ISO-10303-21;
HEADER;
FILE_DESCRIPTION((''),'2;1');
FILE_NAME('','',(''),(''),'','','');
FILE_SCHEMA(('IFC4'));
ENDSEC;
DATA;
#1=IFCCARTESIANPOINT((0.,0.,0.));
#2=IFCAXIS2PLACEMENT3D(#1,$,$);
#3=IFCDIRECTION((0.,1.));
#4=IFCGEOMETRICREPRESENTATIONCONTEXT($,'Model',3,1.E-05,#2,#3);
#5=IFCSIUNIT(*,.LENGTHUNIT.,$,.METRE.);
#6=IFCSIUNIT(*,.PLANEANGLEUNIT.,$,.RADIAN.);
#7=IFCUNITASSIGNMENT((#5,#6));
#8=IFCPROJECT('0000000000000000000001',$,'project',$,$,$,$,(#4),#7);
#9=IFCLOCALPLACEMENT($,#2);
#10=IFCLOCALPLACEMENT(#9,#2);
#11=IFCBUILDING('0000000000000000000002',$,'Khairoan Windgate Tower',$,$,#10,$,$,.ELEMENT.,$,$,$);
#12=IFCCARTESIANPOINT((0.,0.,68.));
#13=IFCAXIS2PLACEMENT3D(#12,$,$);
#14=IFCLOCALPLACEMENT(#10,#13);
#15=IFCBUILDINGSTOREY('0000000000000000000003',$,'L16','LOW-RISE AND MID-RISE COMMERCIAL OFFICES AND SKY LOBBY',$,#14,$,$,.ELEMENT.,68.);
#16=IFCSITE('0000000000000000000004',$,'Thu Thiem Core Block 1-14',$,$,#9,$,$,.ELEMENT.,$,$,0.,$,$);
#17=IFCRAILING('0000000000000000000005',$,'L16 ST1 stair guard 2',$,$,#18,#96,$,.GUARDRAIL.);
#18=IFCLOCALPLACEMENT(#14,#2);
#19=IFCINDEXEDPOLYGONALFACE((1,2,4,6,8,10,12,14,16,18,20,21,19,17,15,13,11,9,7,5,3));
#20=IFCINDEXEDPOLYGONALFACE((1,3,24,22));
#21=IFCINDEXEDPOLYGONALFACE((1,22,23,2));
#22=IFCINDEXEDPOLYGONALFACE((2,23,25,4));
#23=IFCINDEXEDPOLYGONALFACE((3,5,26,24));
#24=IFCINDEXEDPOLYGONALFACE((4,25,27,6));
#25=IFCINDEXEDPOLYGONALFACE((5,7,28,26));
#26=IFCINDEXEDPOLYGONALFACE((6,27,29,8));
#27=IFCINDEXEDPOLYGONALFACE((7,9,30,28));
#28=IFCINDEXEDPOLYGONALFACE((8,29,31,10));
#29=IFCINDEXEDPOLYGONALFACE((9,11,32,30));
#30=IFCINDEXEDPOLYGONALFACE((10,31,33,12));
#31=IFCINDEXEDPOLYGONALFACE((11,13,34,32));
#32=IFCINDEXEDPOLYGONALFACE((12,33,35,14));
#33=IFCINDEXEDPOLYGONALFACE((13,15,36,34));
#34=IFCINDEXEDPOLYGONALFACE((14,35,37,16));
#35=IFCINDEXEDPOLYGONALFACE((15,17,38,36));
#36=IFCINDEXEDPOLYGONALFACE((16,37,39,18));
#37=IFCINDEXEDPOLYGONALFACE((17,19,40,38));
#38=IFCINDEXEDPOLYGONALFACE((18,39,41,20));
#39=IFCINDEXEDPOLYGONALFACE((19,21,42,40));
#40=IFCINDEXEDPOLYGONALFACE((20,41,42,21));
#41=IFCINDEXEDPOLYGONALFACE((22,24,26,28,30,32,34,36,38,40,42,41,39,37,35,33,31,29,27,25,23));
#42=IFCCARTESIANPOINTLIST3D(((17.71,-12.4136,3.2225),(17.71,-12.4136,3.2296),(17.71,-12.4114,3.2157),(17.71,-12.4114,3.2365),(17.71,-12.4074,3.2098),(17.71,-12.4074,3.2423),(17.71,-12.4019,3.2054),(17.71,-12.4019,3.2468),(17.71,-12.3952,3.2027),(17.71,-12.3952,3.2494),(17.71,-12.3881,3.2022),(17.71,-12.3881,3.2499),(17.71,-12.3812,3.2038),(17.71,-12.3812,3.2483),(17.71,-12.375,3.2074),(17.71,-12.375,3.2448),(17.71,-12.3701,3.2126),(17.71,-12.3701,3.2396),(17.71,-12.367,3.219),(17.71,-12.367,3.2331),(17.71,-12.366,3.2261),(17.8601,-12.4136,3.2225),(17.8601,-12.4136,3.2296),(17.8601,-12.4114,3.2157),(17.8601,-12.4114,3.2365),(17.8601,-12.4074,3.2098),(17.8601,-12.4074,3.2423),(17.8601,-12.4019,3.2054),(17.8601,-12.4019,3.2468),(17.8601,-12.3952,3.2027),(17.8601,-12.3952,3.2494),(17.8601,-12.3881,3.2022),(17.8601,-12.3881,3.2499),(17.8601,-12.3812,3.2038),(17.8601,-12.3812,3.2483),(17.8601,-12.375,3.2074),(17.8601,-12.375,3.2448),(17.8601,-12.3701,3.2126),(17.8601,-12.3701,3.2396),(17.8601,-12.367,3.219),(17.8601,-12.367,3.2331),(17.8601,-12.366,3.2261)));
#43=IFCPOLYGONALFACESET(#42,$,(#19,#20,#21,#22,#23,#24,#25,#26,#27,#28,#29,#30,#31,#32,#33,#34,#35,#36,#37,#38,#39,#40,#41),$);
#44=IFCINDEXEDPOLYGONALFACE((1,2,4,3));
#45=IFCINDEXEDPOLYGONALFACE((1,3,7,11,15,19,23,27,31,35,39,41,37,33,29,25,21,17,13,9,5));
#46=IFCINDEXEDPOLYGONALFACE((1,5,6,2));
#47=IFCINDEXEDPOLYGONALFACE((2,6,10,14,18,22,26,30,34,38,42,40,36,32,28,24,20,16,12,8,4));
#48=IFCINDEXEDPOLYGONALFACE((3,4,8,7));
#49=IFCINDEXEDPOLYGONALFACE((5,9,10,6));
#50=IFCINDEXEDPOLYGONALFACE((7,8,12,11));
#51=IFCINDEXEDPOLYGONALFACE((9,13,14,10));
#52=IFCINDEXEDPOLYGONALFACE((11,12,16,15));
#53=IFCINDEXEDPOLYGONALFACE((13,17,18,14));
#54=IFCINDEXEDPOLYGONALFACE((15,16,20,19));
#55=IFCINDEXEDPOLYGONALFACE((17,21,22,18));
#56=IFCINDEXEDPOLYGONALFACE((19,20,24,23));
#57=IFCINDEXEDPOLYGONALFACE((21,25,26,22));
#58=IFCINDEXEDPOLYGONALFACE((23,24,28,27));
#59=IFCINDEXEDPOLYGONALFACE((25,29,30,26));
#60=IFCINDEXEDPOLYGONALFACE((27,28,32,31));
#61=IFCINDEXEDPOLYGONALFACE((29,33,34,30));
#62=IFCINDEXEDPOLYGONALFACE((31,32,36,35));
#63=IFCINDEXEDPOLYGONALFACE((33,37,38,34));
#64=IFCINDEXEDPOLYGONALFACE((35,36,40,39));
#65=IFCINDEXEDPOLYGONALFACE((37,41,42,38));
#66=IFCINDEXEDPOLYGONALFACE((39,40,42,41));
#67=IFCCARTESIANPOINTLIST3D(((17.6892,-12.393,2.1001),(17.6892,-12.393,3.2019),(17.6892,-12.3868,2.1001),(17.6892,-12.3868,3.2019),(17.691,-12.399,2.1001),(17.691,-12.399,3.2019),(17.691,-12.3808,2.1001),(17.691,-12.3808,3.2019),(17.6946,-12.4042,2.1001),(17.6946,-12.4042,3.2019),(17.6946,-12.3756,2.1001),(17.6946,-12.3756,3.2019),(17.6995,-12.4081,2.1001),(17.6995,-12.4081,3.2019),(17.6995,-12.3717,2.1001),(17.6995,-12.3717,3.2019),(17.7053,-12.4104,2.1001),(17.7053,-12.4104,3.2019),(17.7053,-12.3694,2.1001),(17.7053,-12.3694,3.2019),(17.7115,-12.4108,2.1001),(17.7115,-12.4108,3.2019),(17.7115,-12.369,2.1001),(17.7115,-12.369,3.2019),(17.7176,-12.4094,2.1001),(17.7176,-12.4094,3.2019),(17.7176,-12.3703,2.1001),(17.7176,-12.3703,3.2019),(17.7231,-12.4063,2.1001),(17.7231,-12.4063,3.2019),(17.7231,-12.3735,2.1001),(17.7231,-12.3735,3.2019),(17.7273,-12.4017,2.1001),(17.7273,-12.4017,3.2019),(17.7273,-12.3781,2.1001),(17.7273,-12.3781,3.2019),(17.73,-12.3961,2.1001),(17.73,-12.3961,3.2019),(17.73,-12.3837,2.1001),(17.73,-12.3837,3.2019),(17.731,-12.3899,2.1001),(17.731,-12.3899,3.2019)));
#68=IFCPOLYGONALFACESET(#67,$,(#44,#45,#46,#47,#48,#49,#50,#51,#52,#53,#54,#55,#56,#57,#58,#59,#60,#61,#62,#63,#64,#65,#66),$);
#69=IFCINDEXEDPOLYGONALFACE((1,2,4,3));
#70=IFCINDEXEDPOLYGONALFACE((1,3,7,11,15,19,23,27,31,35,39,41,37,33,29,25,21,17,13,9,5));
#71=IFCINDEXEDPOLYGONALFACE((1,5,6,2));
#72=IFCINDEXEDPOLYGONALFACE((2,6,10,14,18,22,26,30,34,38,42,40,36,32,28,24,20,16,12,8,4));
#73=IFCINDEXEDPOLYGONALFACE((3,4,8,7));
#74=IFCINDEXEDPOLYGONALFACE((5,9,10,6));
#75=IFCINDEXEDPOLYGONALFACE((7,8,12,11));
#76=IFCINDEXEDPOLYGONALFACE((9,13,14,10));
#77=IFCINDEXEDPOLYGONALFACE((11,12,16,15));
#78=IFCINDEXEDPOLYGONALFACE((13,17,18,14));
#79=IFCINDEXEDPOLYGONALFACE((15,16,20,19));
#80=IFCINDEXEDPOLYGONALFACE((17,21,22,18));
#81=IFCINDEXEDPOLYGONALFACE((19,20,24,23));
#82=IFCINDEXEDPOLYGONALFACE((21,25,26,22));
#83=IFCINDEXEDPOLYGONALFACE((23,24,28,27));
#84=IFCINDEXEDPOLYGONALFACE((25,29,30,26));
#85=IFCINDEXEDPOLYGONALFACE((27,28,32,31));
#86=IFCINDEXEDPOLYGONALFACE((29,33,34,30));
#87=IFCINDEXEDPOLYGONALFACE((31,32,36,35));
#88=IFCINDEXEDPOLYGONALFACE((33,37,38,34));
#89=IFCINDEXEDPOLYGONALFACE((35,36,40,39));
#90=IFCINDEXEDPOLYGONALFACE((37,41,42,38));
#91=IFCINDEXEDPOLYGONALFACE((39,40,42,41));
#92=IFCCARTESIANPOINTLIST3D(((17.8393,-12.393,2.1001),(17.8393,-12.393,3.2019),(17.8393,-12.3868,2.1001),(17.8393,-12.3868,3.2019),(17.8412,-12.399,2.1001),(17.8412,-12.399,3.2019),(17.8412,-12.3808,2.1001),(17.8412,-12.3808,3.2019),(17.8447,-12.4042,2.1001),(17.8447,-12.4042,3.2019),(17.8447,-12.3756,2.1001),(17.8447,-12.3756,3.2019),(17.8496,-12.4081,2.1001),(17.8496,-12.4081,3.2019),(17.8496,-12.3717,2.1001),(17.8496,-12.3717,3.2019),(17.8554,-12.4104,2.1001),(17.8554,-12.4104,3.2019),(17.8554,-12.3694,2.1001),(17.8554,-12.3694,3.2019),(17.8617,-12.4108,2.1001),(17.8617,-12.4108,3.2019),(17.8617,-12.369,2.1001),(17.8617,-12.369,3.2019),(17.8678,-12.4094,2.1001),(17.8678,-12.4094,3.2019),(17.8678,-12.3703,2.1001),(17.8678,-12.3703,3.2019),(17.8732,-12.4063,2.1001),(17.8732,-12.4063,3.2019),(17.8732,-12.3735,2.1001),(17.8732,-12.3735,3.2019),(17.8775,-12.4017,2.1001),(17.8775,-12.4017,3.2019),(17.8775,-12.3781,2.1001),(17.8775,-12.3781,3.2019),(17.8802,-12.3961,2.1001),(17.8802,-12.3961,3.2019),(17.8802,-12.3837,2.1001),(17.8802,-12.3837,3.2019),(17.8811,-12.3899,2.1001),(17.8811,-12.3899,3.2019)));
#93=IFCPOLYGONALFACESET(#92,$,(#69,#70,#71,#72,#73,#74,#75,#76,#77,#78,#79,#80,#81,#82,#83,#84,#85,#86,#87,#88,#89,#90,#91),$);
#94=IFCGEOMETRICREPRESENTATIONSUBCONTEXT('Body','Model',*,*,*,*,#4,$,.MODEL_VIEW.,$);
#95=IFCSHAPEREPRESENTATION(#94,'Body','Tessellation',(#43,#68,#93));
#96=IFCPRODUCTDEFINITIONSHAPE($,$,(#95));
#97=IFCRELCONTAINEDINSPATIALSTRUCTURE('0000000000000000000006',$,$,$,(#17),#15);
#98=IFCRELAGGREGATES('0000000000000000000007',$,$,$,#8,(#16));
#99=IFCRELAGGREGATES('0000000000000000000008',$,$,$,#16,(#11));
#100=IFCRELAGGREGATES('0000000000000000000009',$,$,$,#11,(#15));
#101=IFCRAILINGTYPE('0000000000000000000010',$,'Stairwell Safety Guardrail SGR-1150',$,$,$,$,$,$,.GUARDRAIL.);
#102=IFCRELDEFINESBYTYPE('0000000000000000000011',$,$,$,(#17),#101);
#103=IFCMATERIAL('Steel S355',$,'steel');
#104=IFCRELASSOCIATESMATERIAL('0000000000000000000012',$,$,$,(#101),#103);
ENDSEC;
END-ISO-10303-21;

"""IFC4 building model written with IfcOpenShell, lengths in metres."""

from ifc_helpers import new_model, si_unit, direction, frame, origin, origin_2d, place, context, subcontext, project, spatial, circle, extrude, material, type_object, element, save


model = new_model("IFC4")

# Units and contexts
model_context = context("Model", 3, precision=1e-05, world=origin(), true_north=direction((0.0, 1.0)))
body_context = subcontext(model_context, "Body", "Model", "MODEL_VIEW")
ifc_project = project(units=[si_unit("LENGTHUNIT", "METRE"), si_unit("PLANEANGLEUNIT", "RADIAN")], contexts=[model_context])

# Site, building, storey
site_placement = place(None, origin())
site = spatial("IfcSite", under=ifc_project, at=site_placement, Name="Thu Thiem Core Block 1-14", CompositionType="ELEMENT", RefElevation=0.0)
building_placement = place(site_placement, origin())
building = spatial("IfcBuilding", under=site, at=building_placement, Name="Khairoan Windgate Tower", CompositionType="ELEMENT")
storey_placement = place(building_placement, frame((0.0, 0.0, 68.0)))
storey = spatial("IfcBuildingStorey", under=building, at=storey_placement, Name="L16", Description="LOW-RISE AND MID-RISE COMMERCIAL OFFICES AND SKY LOBBY", CompositionType="ELEMENT", Elevation=68.0)

# Railing
ifc_material_1 = material(Name="Steel S355", Category="steel")
railing_type = type_object("IfcRailingType", Name="Stairwell Safety Guardrail SGR-1150", PredefinedType="GUARDRAIL", material=ifc_material_1)
railing_1_placement = place(storey_placement, frame((17.71, -12.3899, 2.1001)))
element("IfcRailing", 1, at=railing_1_placement, inside=storey, type_object=railing_type, Name="L16 ST1 stair guard 2", PredefinedType="GUARDRAIL", context=body_context, shape_type="SweptSolid", body=[
    extrude(circle(Radius=0.0239, at=origin_2d()), frame((0.0, 0.0, 1.126), z_axis=(1.0, 0.0, 0.0), x_axis=(0.0, 1.0, 0.0)), (0.0, 0.0, 1.0), 0.1501),
    extrude(circle(Radius=0.021, at=origin_2d()), origin(), (0.0, 0.0, 1.0), 1.1018),
    extrude(circle(Radius=0.021, at=origin_2d()), frame((0.1501, 0.0, 0.0)), (0.0, 0.0, 1.0), 1.1018),
])

save(model, "model.ifc")
